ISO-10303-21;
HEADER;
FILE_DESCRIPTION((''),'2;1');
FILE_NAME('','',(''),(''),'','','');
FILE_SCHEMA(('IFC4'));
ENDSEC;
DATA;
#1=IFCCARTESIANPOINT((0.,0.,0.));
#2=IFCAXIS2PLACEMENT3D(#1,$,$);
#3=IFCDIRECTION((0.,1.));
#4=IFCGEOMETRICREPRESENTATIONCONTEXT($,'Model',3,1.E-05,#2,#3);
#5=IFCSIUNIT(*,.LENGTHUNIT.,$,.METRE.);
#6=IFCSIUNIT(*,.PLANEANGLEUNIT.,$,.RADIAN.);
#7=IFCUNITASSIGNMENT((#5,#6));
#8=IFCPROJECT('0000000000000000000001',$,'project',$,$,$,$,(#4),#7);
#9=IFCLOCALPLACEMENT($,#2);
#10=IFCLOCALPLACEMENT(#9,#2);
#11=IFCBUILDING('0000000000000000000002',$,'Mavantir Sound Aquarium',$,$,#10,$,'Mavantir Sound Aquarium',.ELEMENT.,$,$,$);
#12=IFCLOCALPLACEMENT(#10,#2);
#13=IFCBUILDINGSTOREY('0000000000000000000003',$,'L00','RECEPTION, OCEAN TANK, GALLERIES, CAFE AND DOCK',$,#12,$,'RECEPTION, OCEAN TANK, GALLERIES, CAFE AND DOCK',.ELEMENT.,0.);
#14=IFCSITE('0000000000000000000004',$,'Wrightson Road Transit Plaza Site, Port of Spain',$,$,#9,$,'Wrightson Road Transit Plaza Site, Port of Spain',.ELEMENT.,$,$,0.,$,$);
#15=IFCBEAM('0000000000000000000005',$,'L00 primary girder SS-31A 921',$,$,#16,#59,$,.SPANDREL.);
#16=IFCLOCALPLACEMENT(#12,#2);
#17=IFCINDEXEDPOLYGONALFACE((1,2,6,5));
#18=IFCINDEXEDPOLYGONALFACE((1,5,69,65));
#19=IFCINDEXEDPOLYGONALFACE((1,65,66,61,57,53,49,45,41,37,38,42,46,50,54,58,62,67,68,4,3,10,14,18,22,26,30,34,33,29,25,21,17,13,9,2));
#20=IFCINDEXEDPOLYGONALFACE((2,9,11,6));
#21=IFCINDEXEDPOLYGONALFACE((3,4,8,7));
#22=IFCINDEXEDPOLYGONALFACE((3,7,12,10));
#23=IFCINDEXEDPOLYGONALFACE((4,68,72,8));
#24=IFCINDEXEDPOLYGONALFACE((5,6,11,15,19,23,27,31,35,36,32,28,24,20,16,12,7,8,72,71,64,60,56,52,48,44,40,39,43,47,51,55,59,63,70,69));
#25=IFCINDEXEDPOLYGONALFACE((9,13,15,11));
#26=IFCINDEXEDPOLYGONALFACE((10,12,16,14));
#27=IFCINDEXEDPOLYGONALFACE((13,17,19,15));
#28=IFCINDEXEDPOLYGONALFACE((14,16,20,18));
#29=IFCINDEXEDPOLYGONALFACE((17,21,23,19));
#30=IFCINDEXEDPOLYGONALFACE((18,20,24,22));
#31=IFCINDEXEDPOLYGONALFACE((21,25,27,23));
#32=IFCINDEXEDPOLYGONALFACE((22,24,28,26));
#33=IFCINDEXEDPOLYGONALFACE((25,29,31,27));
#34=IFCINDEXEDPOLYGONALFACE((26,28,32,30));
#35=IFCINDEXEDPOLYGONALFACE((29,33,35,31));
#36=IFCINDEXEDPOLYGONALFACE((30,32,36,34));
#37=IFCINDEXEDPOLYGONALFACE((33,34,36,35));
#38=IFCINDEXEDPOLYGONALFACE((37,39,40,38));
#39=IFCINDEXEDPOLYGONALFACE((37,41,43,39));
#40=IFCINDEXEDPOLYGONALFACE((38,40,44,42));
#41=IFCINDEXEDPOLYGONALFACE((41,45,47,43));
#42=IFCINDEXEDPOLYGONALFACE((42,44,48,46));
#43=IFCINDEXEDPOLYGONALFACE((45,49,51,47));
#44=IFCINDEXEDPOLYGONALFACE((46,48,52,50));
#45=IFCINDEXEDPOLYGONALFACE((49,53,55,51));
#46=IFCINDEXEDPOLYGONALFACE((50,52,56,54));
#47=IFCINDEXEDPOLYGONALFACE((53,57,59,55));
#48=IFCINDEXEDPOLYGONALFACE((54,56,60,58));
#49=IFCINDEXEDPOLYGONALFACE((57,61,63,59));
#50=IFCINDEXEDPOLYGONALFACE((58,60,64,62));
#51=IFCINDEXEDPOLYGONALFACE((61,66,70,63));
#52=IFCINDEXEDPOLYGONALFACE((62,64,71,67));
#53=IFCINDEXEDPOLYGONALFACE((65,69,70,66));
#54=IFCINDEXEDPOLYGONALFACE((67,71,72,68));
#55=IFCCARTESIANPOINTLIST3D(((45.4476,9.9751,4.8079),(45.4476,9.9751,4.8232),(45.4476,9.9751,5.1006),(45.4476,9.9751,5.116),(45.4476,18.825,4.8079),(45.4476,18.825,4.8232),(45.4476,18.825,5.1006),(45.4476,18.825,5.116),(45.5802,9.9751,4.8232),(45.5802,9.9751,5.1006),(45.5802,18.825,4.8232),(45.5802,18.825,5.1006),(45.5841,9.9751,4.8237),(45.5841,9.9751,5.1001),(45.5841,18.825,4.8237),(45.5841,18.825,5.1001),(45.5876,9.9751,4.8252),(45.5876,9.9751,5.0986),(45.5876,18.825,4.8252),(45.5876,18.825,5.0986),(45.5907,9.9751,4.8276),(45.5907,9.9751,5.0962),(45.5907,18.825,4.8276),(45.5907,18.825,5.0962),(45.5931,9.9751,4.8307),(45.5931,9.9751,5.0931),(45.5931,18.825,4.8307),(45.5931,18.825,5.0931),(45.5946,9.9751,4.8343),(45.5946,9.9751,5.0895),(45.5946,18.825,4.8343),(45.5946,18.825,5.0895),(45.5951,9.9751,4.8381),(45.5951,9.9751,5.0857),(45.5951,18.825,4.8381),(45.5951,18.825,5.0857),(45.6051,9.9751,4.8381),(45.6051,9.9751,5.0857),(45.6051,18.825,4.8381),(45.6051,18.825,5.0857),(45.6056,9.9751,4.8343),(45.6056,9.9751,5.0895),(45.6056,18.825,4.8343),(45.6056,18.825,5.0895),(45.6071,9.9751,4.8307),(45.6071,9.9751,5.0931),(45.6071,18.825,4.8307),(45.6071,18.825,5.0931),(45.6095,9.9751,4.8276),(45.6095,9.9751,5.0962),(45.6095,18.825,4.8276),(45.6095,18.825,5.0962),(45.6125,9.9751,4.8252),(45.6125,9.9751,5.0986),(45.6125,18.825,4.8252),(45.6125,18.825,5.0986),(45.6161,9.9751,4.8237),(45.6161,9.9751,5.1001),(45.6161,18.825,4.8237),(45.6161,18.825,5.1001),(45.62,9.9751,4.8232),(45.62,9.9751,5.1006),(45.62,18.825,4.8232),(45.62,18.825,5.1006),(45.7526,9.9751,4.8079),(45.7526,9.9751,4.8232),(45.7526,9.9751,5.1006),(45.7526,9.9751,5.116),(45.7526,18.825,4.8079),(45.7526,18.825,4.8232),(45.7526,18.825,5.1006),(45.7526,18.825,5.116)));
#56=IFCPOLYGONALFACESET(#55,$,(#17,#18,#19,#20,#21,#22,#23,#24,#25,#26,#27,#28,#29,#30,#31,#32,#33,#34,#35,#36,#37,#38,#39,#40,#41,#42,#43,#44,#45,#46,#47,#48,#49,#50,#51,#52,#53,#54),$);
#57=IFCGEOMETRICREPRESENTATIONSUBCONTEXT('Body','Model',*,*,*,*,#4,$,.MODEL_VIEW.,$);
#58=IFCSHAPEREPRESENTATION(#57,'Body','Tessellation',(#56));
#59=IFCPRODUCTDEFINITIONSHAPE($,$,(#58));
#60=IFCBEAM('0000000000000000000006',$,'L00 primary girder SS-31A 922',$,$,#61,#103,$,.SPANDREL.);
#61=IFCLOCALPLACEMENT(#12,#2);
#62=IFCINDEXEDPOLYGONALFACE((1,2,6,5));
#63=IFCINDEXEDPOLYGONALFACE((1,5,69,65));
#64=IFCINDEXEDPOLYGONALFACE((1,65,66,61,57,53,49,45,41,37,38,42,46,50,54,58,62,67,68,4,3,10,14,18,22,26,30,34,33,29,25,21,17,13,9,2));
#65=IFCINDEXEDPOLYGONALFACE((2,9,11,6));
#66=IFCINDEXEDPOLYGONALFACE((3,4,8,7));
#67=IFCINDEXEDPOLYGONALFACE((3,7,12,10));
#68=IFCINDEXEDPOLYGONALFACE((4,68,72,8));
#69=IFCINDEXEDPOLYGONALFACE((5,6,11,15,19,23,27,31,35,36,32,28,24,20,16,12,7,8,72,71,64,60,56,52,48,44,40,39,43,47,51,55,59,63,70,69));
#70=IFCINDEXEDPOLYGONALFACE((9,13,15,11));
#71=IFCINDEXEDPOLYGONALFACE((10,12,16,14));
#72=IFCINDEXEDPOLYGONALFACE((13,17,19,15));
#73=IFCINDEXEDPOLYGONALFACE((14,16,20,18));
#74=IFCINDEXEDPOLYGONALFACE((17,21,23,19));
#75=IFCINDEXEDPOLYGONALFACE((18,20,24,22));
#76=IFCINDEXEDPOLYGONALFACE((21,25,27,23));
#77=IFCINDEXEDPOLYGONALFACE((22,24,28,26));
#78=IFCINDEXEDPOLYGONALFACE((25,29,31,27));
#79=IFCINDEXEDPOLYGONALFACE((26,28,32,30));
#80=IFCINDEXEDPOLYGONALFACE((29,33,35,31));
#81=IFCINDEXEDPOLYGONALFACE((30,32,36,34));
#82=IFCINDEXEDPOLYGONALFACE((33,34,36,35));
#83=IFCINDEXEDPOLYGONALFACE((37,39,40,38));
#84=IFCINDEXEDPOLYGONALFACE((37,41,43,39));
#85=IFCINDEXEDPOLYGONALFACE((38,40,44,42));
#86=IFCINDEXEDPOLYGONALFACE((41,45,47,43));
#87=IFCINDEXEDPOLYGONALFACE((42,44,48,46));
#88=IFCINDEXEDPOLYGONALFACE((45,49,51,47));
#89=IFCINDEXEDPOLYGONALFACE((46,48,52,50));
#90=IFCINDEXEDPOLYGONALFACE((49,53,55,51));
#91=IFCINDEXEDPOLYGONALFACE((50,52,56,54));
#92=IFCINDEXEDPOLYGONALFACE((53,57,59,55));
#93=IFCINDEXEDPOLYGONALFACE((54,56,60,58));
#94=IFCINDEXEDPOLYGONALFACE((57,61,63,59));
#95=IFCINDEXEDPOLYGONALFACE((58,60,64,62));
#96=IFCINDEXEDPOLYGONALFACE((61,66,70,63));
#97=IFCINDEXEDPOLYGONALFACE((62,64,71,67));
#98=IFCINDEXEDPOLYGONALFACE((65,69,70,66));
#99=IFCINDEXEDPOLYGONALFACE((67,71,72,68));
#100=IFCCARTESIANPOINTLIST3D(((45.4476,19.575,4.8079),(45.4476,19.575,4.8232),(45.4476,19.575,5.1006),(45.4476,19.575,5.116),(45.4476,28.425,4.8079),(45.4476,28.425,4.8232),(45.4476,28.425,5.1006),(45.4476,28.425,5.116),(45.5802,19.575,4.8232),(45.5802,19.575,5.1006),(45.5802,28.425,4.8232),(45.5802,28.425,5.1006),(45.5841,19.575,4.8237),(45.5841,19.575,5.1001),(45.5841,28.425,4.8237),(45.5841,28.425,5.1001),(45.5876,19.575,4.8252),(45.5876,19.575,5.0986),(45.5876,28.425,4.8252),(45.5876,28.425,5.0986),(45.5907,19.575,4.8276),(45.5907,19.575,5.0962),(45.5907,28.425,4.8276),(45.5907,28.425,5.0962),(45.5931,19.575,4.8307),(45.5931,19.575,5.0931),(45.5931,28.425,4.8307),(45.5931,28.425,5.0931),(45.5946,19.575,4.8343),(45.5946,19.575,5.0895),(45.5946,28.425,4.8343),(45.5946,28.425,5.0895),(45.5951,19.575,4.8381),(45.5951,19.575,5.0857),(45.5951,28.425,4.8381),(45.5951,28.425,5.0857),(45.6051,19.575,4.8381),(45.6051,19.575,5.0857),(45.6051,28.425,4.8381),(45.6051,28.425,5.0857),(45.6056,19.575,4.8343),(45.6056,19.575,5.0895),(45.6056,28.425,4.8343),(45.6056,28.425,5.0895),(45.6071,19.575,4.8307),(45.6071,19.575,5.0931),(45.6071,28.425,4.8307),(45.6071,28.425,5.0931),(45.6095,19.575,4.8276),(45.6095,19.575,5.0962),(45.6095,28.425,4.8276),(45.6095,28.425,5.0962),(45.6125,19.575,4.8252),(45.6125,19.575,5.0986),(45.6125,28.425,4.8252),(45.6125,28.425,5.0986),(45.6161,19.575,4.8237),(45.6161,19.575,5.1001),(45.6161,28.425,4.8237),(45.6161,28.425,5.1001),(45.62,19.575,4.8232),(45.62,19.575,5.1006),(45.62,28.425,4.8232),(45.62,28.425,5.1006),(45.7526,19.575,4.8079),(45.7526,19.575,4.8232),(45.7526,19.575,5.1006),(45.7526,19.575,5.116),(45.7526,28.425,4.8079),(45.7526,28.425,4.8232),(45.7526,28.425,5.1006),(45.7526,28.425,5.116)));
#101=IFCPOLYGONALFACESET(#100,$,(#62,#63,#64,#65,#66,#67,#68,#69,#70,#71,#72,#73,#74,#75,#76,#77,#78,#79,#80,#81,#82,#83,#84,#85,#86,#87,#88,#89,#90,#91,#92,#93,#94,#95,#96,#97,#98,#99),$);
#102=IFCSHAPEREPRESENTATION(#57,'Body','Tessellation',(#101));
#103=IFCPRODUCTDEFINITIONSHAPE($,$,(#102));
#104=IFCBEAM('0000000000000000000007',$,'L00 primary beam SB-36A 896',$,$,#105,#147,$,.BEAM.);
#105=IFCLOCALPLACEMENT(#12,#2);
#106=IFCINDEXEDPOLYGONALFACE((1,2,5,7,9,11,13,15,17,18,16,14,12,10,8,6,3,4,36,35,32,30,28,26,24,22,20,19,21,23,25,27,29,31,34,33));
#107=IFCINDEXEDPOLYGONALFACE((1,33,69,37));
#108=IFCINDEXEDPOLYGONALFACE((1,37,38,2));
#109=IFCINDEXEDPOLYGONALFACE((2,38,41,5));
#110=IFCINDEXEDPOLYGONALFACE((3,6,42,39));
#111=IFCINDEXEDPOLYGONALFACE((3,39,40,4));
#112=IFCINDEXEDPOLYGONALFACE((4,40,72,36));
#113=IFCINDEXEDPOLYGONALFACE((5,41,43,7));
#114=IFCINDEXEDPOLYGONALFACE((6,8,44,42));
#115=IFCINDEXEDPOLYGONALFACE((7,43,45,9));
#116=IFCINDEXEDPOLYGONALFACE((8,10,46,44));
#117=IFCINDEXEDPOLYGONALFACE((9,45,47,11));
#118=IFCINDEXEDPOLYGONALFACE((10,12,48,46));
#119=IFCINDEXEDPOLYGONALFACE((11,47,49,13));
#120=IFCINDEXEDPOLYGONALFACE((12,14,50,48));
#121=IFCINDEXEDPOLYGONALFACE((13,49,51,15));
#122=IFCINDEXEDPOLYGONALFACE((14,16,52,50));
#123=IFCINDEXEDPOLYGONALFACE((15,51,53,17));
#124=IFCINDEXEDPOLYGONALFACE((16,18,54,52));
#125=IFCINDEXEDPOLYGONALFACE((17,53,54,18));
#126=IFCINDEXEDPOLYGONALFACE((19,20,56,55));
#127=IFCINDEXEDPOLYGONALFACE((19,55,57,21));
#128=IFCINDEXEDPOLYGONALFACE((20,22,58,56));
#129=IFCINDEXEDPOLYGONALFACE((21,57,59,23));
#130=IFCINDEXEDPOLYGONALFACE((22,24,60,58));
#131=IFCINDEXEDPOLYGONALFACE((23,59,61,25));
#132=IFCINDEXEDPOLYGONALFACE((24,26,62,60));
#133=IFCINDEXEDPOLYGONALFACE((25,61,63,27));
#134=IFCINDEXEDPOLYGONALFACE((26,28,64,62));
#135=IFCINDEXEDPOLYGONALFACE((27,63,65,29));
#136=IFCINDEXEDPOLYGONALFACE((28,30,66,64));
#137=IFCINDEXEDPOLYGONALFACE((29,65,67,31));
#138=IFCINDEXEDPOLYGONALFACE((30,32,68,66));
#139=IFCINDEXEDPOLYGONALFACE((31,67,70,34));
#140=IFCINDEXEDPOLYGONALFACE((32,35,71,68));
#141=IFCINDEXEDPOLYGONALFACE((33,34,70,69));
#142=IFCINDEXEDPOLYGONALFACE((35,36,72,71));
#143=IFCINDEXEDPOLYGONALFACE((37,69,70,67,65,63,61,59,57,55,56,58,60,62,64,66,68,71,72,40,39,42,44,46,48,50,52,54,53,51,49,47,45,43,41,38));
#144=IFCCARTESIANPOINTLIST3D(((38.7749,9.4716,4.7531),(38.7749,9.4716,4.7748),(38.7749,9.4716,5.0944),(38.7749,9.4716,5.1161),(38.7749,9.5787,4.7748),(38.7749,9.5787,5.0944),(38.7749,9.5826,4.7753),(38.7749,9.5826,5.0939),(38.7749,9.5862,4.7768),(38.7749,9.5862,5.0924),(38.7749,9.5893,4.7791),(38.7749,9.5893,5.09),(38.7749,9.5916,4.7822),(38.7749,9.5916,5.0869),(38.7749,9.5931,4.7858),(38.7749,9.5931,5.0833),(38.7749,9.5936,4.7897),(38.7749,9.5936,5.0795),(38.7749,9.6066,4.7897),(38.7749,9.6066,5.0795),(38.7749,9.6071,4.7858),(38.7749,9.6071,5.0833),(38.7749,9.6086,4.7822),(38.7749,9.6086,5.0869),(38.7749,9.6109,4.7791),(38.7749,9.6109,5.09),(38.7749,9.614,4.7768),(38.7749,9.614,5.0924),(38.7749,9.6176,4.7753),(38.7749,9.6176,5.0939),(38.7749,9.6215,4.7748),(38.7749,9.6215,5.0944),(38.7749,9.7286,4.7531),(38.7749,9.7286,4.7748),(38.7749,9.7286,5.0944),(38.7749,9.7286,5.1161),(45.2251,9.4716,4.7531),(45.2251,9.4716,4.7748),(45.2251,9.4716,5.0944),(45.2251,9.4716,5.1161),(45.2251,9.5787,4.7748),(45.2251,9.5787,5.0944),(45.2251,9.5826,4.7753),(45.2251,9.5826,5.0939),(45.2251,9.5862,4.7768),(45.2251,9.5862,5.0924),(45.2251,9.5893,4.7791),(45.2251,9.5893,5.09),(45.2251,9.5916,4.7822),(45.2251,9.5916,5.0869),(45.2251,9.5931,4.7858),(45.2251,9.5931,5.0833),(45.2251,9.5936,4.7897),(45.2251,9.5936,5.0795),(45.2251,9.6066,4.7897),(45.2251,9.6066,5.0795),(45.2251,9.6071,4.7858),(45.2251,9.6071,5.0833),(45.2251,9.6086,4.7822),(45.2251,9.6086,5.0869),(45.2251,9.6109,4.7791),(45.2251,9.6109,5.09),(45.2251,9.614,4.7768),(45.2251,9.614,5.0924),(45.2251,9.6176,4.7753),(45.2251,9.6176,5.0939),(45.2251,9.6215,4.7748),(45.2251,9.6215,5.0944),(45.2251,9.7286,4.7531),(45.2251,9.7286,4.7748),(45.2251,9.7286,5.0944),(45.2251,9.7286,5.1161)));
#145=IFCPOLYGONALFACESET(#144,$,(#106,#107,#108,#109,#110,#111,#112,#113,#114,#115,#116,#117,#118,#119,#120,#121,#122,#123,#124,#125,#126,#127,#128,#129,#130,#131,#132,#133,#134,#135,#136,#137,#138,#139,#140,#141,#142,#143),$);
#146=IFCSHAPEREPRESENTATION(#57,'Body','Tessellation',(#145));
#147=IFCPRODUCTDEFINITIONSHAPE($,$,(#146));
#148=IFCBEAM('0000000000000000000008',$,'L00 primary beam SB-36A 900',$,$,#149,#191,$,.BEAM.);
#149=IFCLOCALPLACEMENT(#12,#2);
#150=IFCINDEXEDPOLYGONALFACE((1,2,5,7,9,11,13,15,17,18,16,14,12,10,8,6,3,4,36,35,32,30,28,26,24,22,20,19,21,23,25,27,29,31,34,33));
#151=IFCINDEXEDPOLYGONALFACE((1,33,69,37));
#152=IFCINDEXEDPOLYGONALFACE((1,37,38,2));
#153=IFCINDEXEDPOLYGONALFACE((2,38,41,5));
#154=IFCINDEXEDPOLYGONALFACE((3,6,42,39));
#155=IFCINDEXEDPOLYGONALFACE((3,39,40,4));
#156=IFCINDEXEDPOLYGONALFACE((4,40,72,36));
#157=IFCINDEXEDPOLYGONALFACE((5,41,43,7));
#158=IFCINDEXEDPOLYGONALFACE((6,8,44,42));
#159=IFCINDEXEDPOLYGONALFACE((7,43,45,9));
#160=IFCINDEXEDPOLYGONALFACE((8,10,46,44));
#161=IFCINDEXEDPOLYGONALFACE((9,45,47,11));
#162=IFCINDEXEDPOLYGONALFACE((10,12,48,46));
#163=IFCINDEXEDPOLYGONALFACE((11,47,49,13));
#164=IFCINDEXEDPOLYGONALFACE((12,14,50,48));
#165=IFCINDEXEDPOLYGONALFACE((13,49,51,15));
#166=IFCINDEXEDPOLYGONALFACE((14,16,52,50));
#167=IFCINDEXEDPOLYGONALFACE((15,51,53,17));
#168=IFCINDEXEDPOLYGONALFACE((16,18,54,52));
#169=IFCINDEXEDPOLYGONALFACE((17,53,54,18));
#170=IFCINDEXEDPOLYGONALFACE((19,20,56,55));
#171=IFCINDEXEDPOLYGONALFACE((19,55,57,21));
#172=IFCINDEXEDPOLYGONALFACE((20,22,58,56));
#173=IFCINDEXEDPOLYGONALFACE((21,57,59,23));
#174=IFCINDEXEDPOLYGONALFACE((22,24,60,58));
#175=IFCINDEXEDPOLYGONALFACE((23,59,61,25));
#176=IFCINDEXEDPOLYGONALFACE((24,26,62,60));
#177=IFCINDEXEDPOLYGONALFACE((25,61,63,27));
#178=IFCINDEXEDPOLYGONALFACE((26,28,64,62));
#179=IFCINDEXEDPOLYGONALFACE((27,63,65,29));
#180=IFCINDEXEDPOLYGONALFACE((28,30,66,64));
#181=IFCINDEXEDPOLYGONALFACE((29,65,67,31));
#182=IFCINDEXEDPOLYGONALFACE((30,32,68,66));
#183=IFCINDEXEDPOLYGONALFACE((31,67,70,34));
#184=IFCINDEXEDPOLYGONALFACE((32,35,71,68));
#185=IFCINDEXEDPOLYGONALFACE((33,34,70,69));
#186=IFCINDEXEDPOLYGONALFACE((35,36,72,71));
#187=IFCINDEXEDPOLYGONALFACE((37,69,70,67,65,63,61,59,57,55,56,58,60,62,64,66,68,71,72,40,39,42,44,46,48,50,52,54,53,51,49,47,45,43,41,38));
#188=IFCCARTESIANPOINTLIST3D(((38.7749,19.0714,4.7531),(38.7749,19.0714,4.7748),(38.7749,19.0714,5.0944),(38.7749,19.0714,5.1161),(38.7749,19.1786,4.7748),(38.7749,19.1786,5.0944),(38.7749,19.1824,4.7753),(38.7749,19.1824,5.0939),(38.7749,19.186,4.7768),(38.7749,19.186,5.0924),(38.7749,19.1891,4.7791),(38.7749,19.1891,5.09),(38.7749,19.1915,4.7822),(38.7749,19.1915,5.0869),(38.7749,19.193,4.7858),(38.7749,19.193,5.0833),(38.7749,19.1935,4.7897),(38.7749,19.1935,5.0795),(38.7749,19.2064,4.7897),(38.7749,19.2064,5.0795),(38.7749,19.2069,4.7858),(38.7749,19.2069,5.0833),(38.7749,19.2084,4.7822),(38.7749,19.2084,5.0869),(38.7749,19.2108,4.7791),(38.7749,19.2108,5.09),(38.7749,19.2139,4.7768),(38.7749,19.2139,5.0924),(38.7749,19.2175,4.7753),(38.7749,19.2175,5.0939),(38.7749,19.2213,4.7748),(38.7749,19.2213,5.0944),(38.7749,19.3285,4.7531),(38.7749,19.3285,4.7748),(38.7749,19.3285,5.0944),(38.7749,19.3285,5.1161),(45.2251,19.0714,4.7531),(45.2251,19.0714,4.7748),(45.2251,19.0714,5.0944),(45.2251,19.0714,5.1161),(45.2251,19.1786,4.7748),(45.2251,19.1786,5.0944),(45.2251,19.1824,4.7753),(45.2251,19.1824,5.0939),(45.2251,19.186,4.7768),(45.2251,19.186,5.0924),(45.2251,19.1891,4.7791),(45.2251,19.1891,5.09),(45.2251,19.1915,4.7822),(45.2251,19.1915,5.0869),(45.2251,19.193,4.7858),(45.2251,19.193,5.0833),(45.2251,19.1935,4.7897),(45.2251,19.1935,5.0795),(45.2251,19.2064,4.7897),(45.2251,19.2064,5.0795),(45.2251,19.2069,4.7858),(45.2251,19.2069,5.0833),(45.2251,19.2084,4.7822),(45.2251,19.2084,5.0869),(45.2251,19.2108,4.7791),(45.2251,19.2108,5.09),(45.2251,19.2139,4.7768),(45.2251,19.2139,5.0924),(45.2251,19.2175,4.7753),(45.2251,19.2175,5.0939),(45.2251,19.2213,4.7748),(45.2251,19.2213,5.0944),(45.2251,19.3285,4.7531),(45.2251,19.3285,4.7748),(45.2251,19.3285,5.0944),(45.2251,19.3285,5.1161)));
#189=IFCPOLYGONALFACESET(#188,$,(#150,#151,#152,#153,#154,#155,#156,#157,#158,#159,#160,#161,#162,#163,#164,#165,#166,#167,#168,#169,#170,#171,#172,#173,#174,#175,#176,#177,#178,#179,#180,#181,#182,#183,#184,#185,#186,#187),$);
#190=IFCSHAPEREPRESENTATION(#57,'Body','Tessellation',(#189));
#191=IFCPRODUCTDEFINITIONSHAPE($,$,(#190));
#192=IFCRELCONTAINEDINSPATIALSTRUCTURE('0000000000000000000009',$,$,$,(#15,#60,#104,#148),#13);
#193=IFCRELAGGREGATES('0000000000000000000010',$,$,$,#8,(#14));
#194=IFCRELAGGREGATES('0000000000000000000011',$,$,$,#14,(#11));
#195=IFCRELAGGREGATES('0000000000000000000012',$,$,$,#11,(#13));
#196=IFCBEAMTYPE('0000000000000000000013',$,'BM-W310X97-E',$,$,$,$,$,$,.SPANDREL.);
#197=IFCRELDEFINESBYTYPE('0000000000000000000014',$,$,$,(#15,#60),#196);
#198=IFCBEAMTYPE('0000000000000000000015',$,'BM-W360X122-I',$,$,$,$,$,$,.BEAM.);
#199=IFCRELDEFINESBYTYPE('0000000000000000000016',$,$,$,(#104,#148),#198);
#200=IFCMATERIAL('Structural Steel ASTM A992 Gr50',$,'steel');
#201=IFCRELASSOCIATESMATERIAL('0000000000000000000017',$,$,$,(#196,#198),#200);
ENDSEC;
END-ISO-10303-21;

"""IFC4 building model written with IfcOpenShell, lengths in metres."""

from ifc_helpers import new_model, si_unit, direction, frame, origin, origin_2d, place, context, subcontext, project, spatial, i_section, extrude, material, material_profile, profile_set, type_object, element, save


model = new_model("IFC4")

# Units and contexts
model_context = context("Model", 3, precision=1e-05, world=origin(), true_north=direction((0.0, 1.0)))
body_context = subcontext(model_context, "Body", "Model", "MODEL_VIEW")
ifc_project = project(units=[si_unit("LENGTHUNIT", "METRE"), si_unit("PLANEANGLEUNIT", "RADIAN")], contexts=[model_context])

# Site, building, storey
site_placement = place(None, origin())
site = spatial("IfcSite", under=ifc_project, at=site_placement, Name="Wrightson Road Transit Plaza Site, Port of Spain", LongName="Wrightson Road Transit Plaza Site, Port of Spain", CompositionType="ELEMENT", RefElevation=0.0)
building_placement = place(site_placement, origin())
building = spatial("IfcBuilding", under=site, at=building_placement, Name="Mavantir Sound Aquarium", LongName="Mavantir Sound Aquarium", CompositionType="ELEMENT")
storey_placement = place(building_placement, origin())
storey = spatial("IfcBuildingStorey", under=building, at=storey_placement, Name="L00", Description="RECEPTION, OCEAN TANK, GALLERIES, CAFE AND DOCK", LongName="RECEPTION, OCEAN TANK, GALLERIES, CAFE AND DOCK", CompositionType="ELEMENT", Elevation=0.0)

# Beams
ifc_material_1 = material(Name="Structural Steel ASTM A992 Gr50", Category="steel")
ifc_material_profile_1 = material_profile(ifc_material_1, i_section(OverallWidth=0.3049, OverallDepth=0.3081, WebThickness=0.01, FlangeThickness=0.0154, FilletRadius=0.0149, at=origin_2d()), Name="W310X97")
ifc_profile_set_1 = profile_set([ifc_material_profile_1], Name="Structural Steel ASTM A992 Gr50")
beam_type_1 = type_object("IfcBeamType", Name="BM-W310X97-E", PredefinedType="SPANDREL", material=ifc_profile_set_1)
beam_1_placement = place(storey_placement, frame((45.6001, 9.9751, 4.9619), z_axis=(0.0, 1.0, 0.0), x_axis=(-1.0, 0.0, 0.0)))
element("IfcBeam", 1, at=beam_1_placement, inside=storey, type_object=beam_type_1, Name="L00 primary girder SS-31A 921", PredefinedType="SPANDREL", context=body_context, shape_type="SweptSolid", body=[
    extrude(i_section(OverallWidth=0.3049, OverallDepth=0.3081, WebThickness=0.01, FlangeThickness=0.0154, FilletRadius=0.0149, at=origin_2d()), origin(), (0.0, 0.0, 1.0), 8.8499),
])
beam_2_placement = place(storey_placement, frame((45.6001, 19.575, 4.9619), z_axis=(0.0, 1.0, 0.0), x_axis=(-1.0, 0.0, 0.0)))
element("IfcBeam", 2, at=beam_2_placement, inside=storey, type_object=beam_type_1, Name="L00 primary girder SS-31A 922", PredefinedType="SPANDREL", context=body_context, shape_type="SweptSolid", body=[
    extrude(i_section(OverallWidth=0.3049, OverallDepth=0.3081, WebThickness=0.01, FlangeThickness=0.0154, FilletRadius=0.0149, at=origin_2d()), origin(), (0.0, 0.0, 1.0), 8.8501),
])
ifc_material_profile_2 = material_profile(ifc_material_1, i_section(OverallWidth=0.2571, OverallDepth=0.363, WebThickness=0.0129, FlangeThickness=0.0217, FilletRadius=0.0149, at=origin_2d()), Name="W360X122")
ifc_profile_set_2 = profile_set([ifc_material_profile_2], Name="Structural Steel ASTM A992 Gr50")
beam_type_2 = type_object("IfcBeamType", Name="BM-W360X122-I", PredefinedType="BEAM", material=ifc_profile_set_2)
for number, where, z_axis, x_axis, name in (
    (3, (38.7749, 9.6001, 4.9346), (1.0, 0.0, 0.0), (0.0, 1.0, 0.0), "L00 primary beam SB-36A 896"),
    (4, (38.7749, 19.2, 4.9346), (1.0, 0.0, 0.0), (0.0, 1.0, 0.0), "L00 primary beam SB-36A 900"),
):
    element("IfcBeam", number, at=place(storey_placement, frame(where, z_axis=z_axis, x_axis=x_axis)), inside=storey, type_object=beam_type_2, Name=name, PredefinedType="BEAM", context=body_context, shape_type="SweptSolid", body=[
        extrude(i_section(OverallWidth=0.2571, OverallDepth=0.363, WebThickness=0.0129, FlangeThickness=0.0217, FilletRadius=0.0149, at=origin_2d()), origin(), (0.0, 0.0, 1.0), 6.4502),
    ])

save(model, "model.ifc")
